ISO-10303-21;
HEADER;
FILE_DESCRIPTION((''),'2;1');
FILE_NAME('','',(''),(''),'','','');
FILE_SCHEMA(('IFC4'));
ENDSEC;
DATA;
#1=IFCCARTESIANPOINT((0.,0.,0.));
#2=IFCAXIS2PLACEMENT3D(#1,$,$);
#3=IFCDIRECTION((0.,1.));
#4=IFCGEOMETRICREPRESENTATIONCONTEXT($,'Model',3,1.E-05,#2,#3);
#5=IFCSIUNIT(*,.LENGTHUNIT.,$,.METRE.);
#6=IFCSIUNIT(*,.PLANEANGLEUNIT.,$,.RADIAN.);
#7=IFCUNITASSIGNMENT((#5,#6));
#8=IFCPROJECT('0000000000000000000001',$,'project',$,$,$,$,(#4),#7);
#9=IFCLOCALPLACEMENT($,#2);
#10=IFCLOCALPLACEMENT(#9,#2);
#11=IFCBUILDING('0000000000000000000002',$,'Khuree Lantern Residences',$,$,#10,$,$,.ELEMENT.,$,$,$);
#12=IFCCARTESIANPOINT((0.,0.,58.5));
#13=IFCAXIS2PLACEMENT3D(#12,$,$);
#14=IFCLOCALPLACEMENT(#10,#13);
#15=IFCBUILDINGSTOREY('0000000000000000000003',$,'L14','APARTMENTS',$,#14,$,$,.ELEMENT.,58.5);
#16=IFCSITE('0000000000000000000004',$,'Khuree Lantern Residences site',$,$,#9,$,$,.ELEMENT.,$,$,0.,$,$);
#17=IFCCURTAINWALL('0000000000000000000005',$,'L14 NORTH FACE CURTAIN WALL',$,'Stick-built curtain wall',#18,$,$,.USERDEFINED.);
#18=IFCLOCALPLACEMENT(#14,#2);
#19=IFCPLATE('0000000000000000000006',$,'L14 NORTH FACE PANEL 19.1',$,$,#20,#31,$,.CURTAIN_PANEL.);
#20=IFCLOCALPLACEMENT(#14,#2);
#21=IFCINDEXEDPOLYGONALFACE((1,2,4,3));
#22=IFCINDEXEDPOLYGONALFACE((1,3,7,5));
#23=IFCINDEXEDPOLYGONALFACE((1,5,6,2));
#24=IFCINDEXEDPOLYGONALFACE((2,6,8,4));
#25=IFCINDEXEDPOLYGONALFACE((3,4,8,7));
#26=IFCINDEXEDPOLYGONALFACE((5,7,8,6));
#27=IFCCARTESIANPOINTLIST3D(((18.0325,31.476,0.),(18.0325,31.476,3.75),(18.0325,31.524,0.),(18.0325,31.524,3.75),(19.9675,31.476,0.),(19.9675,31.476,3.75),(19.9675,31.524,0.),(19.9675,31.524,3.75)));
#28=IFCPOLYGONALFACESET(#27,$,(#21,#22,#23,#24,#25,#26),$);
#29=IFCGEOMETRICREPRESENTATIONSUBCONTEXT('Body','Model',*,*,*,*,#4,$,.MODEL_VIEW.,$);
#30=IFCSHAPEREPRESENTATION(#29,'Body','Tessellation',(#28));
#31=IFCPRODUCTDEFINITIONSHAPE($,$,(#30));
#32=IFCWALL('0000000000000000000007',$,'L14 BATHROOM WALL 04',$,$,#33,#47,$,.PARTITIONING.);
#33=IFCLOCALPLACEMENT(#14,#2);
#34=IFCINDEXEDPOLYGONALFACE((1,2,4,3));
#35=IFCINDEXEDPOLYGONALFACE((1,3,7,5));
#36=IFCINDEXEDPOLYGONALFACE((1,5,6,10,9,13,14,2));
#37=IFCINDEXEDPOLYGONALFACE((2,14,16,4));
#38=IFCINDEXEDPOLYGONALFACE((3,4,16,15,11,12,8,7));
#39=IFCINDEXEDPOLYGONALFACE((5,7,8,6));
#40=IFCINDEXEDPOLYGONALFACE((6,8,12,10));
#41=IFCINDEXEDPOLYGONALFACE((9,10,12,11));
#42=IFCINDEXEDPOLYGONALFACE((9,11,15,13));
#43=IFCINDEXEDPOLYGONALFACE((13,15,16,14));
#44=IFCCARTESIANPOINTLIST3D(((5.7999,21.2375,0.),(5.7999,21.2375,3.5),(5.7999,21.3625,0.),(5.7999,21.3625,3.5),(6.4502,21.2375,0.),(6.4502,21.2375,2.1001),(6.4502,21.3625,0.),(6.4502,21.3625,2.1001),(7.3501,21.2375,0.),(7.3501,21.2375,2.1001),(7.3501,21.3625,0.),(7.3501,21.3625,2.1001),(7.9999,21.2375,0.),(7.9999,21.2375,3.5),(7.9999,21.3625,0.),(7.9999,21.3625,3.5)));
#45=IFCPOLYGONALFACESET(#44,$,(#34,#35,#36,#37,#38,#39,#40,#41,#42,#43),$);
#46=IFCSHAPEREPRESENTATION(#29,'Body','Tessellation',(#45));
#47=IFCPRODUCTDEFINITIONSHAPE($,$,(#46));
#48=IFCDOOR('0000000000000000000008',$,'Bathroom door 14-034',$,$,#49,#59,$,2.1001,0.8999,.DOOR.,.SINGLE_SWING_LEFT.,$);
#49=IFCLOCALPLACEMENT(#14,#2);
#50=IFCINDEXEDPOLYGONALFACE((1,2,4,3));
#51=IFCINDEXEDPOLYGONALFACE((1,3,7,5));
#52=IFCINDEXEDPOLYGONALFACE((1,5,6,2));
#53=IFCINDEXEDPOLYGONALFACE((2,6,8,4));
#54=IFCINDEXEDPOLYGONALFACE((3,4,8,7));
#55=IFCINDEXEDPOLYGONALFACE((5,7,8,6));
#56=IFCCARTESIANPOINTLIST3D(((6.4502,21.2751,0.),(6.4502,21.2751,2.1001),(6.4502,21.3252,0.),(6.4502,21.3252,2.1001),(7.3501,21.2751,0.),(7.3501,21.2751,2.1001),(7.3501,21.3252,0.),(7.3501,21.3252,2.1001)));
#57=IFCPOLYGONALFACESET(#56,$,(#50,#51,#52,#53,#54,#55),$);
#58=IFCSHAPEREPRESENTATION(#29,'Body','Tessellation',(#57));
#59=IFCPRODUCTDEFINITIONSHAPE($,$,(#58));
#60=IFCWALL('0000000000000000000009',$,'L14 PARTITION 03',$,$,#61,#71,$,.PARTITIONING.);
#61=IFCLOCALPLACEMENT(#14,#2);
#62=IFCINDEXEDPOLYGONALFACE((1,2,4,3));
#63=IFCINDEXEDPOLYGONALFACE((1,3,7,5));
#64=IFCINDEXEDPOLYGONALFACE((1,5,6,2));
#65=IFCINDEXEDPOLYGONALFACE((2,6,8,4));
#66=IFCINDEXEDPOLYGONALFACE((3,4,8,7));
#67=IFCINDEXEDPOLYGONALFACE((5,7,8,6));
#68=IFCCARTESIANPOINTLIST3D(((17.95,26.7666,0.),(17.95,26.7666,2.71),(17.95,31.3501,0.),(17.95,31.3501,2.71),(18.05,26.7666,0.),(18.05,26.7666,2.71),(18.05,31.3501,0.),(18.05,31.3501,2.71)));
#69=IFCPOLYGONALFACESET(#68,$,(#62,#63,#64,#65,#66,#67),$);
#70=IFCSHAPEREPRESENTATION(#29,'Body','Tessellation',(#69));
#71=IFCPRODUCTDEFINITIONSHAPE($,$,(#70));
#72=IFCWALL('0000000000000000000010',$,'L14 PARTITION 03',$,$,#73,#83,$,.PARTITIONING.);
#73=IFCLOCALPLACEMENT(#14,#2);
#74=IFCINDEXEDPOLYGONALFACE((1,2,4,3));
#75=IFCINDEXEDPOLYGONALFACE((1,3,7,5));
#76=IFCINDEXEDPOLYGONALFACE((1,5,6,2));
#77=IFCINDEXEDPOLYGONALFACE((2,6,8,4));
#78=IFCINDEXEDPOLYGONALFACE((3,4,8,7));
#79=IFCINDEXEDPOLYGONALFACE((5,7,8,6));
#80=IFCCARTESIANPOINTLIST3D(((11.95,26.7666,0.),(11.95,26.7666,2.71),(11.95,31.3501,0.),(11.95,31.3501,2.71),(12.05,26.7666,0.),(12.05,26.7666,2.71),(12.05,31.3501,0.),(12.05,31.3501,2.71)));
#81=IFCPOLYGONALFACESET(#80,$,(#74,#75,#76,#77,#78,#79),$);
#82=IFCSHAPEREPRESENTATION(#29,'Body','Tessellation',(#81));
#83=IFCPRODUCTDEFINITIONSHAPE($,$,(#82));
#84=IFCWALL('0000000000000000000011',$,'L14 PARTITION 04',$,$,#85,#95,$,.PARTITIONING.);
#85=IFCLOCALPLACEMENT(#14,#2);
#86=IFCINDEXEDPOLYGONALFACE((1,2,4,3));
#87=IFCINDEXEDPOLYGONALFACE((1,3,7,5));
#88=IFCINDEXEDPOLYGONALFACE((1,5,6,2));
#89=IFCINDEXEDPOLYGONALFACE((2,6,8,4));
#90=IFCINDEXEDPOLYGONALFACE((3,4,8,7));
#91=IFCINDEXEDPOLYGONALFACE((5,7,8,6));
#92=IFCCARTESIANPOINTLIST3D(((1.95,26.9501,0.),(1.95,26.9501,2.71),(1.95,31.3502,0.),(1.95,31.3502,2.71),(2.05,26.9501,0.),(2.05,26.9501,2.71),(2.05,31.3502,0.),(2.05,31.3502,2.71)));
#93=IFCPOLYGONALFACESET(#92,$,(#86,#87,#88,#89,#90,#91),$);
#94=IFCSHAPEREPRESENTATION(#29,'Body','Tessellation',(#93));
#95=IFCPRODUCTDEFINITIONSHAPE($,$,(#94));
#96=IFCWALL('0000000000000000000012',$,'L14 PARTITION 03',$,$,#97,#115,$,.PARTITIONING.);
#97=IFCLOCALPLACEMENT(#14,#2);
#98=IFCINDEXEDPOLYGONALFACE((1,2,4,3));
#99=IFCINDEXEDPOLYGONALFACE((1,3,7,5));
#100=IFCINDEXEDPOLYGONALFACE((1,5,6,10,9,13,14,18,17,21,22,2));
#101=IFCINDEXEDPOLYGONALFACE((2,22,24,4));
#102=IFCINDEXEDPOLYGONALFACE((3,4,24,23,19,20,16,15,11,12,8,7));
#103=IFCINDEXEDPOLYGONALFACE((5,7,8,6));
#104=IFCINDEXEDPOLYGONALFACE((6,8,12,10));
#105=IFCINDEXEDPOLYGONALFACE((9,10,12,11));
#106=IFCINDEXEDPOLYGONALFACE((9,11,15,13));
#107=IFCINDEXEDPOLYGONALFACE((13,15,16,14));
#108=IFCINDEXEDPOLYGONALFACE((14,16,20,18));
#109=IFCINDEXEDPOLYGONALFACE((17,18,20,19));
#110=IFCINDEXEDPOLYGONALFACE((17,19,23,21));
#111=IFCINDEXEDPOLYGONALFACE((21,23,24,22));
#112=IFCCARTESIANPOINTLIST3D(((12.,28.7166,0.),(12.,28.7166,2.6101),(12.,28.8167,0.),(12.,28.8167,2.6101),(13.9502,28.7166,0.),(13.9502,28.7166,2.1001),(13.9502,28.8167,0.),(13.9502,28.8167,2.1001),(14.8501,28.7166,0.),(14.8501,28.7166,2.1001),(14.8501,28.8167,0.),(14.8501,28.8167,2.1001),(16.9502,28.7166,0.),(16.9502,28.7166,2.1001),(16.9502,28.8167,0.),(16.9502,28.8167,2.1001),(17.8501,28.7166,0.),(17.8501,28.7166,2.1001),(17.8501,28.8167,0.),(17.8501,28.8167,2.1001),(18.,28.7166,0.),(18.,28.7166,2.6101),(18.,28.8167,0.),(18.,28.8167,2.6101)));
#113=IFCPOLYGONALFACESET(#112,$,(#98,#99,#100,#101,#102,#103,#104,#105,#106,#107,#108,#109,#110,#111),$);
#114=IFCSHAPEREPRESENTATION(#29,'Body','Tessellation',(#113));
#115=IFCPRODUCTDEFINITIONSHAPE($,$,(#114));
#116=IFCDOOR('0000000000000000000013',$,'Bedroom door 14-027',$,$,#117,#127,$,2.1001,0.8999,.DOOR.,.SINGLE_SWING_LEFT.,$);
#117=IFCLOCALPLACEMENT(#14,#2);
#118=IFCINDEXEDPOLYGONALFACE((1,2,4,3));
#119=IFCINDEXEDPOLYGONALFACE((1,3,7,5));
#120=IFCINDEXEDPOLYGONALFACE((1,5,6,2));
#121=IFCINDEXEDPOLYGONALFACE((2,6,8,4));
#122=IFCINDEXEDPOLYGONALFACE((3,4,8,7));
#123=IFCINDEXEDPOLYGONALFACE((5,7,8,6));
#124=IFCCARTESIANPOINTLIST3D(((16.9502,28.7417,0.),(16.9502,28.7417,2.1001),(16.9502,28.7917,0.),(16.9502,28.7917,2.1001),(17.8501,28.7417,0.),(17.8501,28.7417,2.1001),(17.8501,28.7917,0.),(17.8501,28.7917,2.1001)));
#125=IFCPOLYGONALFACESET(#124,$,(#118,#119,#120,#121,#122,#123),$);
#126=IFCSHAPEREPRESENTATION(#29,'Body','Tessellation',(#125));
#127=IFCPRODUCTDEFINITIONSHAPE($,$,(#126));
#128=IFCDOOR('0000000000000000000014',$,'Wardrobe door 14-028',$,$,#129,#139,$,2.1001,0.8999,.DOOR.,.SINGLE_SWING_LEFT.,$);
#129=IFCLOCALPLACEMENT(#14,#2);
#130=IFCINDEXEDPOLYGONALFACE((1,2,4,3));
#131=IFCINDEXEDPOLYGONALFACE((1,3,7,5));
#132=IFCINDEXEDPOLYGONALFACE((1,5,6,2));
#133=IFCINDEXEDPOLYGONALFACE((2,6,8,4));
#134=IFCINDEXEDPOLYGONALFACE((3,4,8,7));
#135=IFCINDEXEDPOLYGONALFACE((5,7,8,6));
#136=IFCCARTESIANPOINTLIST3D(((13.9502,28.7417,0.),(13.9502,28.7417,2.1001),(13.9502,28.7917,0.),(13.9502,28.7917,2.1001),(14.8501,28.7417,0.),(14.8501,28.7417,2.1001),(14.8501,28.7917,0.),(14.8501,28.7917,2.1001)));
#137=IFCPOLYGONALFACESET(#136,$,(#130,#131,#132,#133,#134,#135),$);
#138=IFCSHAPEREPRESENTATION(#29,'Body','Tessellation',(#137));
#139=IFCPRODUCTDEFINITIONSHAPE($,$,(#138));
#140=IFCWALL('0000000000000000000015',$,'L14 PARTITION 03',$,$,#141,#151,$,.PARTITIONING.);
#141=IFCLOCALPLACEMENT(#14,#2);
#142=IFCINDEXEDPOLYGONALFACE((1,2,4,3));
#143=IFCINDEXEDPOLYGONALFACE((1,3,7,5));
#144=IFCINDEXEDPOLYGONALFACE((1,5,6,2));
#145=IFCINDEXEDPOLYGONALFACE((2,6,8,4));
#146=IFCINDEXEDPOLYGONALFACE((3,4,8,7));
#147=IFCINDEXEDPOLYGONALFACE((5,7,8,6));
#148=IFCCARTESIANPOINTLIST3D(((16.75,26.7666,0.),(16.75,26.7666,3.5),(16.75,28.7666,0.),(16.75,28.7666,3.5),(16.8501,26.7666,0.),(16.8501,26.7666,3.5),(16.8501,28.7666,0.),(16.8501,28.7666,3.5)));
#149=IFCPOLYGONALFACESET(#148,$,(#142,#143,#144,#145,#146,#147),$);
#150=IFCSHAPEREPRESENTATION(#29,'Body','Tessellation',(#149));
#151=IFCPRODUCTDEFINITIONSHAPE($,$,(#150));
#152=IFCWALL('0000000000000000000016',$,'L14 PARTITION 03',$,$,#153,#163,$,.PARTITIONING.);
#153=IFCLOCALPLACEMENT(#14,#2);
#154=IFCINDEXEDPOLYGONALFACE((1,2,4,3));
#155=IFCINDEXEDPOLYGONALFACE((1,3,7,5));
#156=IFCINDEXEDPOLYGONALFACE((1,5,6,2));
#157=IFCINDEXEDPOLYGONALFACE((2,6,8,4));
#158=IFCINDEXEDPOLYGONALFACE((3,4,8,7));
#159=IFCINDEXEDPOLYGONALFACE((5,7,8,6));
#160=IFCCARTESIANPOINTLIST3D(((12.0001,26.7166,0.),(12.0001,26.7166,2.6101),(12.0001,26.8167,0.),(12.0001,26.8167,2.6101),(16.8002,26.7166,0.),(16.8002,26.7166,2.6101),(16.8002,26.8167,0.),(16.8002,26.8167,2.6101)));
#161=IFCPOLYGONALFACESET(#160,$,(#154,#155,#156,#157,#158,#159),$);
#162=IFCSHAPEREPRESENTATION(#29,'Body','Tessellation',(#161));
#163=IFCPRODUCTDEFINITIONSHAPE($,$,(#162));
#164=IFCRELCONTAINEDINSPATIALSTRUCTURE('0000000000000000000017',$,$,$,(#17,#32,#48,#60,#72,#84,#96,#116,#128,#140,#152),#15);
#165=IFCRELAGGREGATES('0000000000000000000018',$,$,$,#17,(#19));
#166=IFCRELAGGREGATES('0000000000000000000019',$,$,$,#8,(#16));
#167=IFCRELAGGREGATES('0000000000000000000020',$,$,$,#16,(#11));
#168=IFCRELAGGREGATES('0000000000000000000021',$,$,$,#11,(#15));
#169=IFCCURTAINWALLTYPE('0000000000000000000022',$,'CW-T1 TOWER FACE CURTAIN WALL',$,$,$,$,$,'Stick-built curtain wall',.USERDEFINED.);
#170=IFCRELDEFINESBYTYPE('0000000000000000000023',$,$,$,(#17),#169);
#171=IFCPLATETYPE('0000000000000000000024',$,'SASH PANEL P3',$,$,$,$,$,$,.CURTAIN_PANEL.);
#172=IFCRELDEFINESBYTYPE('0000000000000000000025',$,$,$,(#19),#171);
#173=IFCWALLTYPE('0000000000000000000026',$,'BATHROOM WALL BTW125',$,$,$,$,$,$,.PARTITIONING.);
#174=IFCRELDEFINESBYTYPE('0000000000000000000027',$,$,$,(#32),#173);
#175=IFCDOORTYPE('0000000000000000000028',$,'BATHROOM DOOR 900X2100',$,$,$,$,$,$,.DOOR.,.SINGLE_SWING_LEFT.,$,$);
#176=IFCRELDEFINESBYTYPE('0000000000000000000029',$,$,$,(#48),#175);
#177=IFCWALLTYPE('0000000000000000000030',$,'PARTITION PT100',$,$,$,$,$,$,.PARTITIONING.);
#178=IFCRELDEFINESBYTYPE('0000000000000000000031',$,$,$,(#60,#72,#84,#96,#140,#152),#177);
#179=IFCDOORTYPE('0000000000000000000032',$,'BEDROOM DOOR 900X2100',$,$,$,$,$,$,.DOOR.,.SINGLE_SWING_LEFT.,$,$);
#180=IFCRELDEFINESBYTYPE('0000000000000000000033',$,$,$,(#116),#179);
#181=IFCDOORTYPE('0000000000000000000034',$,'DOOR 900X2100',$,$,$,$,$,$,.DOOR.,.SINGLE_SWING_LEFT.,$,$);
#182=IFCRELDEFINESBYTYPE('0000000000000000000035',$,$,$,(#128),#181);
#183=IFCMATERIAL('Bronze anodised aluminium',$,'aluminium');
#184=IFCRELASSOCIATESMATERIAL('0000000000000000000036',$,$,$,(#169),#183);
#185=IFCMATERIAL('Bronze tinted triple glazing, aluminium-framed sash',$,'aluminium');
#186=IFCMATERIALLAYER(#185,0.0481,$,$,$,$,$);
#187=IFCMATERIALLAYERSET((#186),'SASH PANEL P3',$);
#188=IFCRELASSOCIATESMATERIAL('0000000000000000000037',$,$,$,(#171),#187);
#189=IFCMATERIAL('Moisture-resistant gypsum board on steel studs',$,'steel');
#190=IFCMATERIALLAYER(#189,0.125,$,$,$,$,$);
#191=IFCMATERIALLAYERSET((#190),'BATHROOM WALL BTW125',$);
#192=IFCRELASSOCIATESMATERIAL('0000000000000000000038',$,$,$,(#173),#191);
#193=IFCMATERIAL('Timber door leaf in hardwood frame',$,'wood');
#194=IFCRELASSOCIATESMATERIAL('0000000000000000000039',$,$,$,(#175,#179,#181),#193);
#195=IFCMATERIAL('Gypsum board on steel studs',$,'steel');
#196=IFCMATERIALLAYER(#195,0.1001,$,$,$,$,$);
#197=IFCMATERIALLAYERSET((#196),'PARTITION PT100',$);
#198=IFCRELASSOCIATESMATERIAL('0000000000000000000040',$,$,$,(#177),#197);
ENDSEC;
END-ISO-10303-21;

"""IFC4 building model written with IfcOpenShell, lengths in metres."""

from ifc_helpers import new_model, si_unit, direction, frame, frame_2d, origin, origin_2d, place, context, subcontext, project, spatial, rectangle, extrude, material, layer, layer_set, type_object, element, fill, aggregate, save


model = new_model("IFC4")

# Units and contexts
model_context = context("Model", 3, precision=1e-05, world=origin(), true_north=direction((0.0, 1.0)))
body_context = subcontext(model_context, "Body", "Model", "MODEL_VIEW")
ifc_project = project(units=[si_unit("LENGTHUNIT", "METRE"), si_unit("PLANEANGLEUNIT", "RADIAN")], contexts=[model_context])

# Site, building, storey
site_placement = place(None, origin())
site = spatial("IfcSite", under=ifc_project, at=site_placement, Name="Khuree Lantern Residences site", CompositionType="ELEMENT", RefElevation=0.0)
building_placement = place(site_placement, origin())
building = spatial("IfcBuilding", under=site, at=building_placement, Name="Khuree Lantern Residences", CompositionType="ELEMENT")
storey_placement = place(building_placement, frame((0.0, 0.0, 58.5)))
storey = spatial("IfcBuildingStorey", under=building, at=storey_placement, Name="L14", Description="APARTMENTS", CompositionType="ELEMENT", Elevation=58.5)

# Curtain wall
ifc_material_1 = material(Name="Bronze anodised aluminium", Category="aluminium")
curtain_wall_type = type_object("IfcCurtainWallType", Name="CW-T1 TOWER FACE CURTAIN WALL", ElementType="Stick-built curtain wall", PredefinedType="USERDEFINED", material=ifc_material_1)
curtain_wall_placement = place(storey_placement, origin())
curtain_wall = element("IfcCurtainWall", 1, at=curtain_wall_placement, inside=storey, type_object=curtain_wall_type, Name="L14 NORTH FACE CURTAIN WALL", ObjectType="Stick-built curtain wall", PredefinedType="USERDEFINED")

# Plate
ifc_material_2 = material(Name="Bronze tinted triple glazing, aluminium-framed sash", Category="aluminium")
ifc_layer_1 = layer(ifc_material_2, 0.0481)
ifc_layer_set_1 = layer_set([ifc_layer_1], Name="SASH PANEL P3")
plate_type_1 = type_object("IfcPlateType", Name="SASH PANEL P3", PredefinedType="CURTAIN_PANEL", material=ifc_layer_set_1)
plate_1_placement = place(storey_placement, frame((19.0, 31.5, 0.0), z_axis=(0.0, 0.0, 1.0), x_axis=(-1.0, 0.0, 0.0)))
plate_1 = element("IfcPlate", 2, at=plate_1_placement, type_object=plate_type_1, Name="L14 NORTH FACE PANEL 19.1", PredefinedType="CURTAIN_PANEL", context=body_context, shape_type="SweptSolid", body=[
    extrude(rectangle(XDim=1.9351, YDim=0.0481, at=origin_2d()), origin(), (0.0, 0.0, 1.0), 3.75),
])
aggregate(curtain_wall, [plate_1])

# Wall, opening, door
ifc_material_3 = material(Name="Moisture-resistant gypsum board on steel studs", Category="steel")
ifc_layer_2 = layer(ifc_material_3, 0.125)
ifc_layer_set_2 = layer_set([ifc_layer_2], Name="BATHROOM WALL BTW125")
wall_type_1 = type_object("IfcWallType", Name="BATHROOM WALL BTW125", PredefinedType="PARTITIONING", material=ifc_layer_set_2)
wall_1_placement = place(storey_placement, frame((8.0, 21.3, 0.0), z_axis=(0.0, 0.0, 1.0), x_axis=(-1.0, 0.0, 0.0)))
wall_1 = element("IfcWall", 3, at=wall_1_placement, inside=storey, type_object=wall_type_1, Name="L14 BATHROOM WALL 04", PredefinedType="PARTITIONING", context=body_context, shape_type="SweptSolid", body=[
    extrude(rectangle(XDim=2.2, YDim=0.125, at=frame_2d((1.1001, 0.0))), origin(), (0.0, 0.0, 1.0), 3.5),
])
opening_1_placement = place(wall_1_placement, frame((0.6499, 0.0, 0.0)))
opening_1 = element("IfcOpeningElement", 4, at=opening_1_placement, cuts=wall_1, PredefinedType="OPENING", context=body_context, shape_type="SweptSolid", body=[
    extrude(rectangle(XDim=0.8999, YDim=2.1001, at=frame_2d((0.45, 1.05))), frame((0.0, 0.0725, 0.0), z_axis=(0.0, -1.0, 0.0), x_axis=(1.0, 0.0, 0.0)), (0.0, 0.0, 1.0), 0.145),
])
ifc_material_4 = material(Name="Timber door leaf in hardwood frame", Category="wood")
door_type_1 = type_object("IfcDoorType", Name="BATHROOM DOOR 900X2100", OperationType="SINGLE_SWING_LEFT", PredefinedType="DOOR", material=ifc_material_4)
door_1_placement = place(opening_1_placement, origin())
door_1 = element("IfcDoor", 5, at=door_1_placement, inside=storey, type_object=door_type_1, Name="Bathroom door 14-034", OperationType="SINGLE_SWING_LEFT", OverallHeight=2.1001, OverallWidth=0.8999, PredefinedType="DOOR", context=body_context, shape_type="SweptSolid", body=[
    extrude(rectangle(XDim=0.8999, YDim=2.1001, at=frame_2d((0.45, 1.05))), frame((0.0, 0.0249, 0.0), z_axis=(0.0, -1.0, 0.0), x_axis=(1.0, 0.0, 0.0)), (0.0, 0.0, 1.0), 0.05),
])
fill(opening_1, door_1)

# Walls
ifc_material_5 = material(Name="Gypsum board on steel studs", Category="steel")
ifc_layer_3 = layer(ifc_material_5, 0.1001)
ifc_layer_set_3 = layer_set([ifc_layer_3], Name="PARTITION PT100")
wall_type_2 = type_object("IfcWallType", Name="PARTITION PT100", PredefinedType="PARTITIONING", material=ifc_layer_set_3)
for number, where, z_axis, x_axis, name in (
    (6, (18.0, 26.7666, 0.0), (0.0, 0.0, 1.0), (0.0, 1.0, 0.0), "L14 PARTITION 03"),
    (7, (12.0, 26.7666, 0.0), (0.0, 0.0, 1.0), (0.0, 1.0, 0.0), "L14 PARTITION 03"),
):
    element("IfcWall", number, at=place(storey_placement, frame(where, z_axis=z_axis, x_axis=x_axis)), inside=storey, type_object=wall_type_2, Name=name, PredefinedType="PARTITIONING", context=body_context, shape_type="SweptSolid", body=[
        extrude(rectangle(XDim=4.5835, YDim=0.1001, at=frame_2d((2.2917, 0.0))), origin(), (0.0, 0.0, 1.0), 2.71),
    ])
wall_2_placement = place(storey_placement, frame((2.0, 26.95, 0.0), z_axis=(0.0, 0.0, 1.0), x_axis=(0.0, 1.0, 0.0)))
element("IfcWall", 8, at=wall_2_placement, inside=storey, type_object=wall_type_2, Name="L14 PARTITION 04", PredefinedType="PARTITIONING", context=body_context, shape_type="SweptSolid", body=[
    extrude(rectangle(XDim=4.4001, YDim=0.1001, at=frame_2d((2.2002, 0.0))), origin(), (0.0, 0.0, 1.0), 2.71),
])

# Wall, openings, doors
wall_3_placement = place(storey_placement, frame((18.0, 28.7666, 0.0), z_axis=(0.0, 0.0, 1.0), x_axis=(-1.0, 0.0, 0.0)))
wall_3 = element("IfcWall", 9, at=wall_3_placement, inside=storey, type_object=wall_type_2, Name="L14 PARTITION 03", PredefinedType="PARTITIONING", context=body_context, shape_type="SweptSolid", body=[
    extrude(rectangle(XDim=6.0, YDim=0.1001, at=frame_2d((3.0, 0.0))), origin(), (0.0, 0.0, 1.0), 2.6101),
])
opening_2_placement = place(wall_3_placement, frame((0.1499, 0.0, 0.0)))
opening_2 = element("IfcOpeningElement", 10, at=opening_2_placement, cuts=wall_3, PredefinedType="OPENING", context=body_context, shape_type="SweptSolid", body=[
    extrude(rectangle(XDim=0.8999, YDim=2.1001, at=frame_2d((0.45, 1.05))), frame((0.0, 0.0601, 0.0), z_axis=(0.0, -1.0, 0.0), x_axis=(1.0, 0.0, 0.0)), (0.0, 0.0, 1.0), 0.1201),
])
opening_3_placement = place(wall_3_placement, frame((3.1499, 0.0, 0.0)))
opening_3 = element("IfcOpeningElement", 11, at=opening_3_placement, cuts=wall_3, PredefinedType="OPENING", context=body_context, shape_type="SweptSolid", body=[
    extrude(rectangle(XDim=0.8999, YDim=2.1001, at=frame_2d((0.45, 1.05))), frame((0.0, 0.0601, 0.0), z_axis=(0.0, -1.0, 0.0), x_axis=(1.0, 0.0, 0.0)), (0.0, 0.0, 1.0), 0.1201),
])
door_type_2 = type_object("IfcDoorType", Name="BEDROOM DOOR 900X2100", OperationType="SINGLE_SWING_LEFT", PredefinedType="DOOR", material=ifc_material_4)
door_2_placement = place(opening_2_placement, origin())
door_2 = element("IfcDoor", 12, at=door_2_placement, inside=storey, type_object=door_type_2, Name="Bedroom door 14-027", OperationType="SINGLE_SWING_LEFT", OverallHeight=2.1001, OverallWidth=0.8999, PredefinedType="DOOR", context=body_context, shape_type="SweptSolid", body=[
    extrude(rectangle(XDim=0.8999, YDim=2.1001, at=frame_2d((0.45, 1.05))), frame((0.0, 0.0249, 0.0), z_axis=(0.0, -1.0, 0.0), x_axis=(1.0, 0.0, 0.0)), (0.0, 0.0, 1.0), 0.05),
])
fill(opening_2, door_2)
door_type_3 = type_object("IfcDoorType", Name="DOOR 900X2100", OperationType="SINGLE_SWING_LEFT", PredefinedType="DOOR", material=ifc_material_4)
door_3_placement = place(opening_3_placement, origin())
door_3 = element("IfcDoor", 13, at=door_3_placement, inside=storey, type_object=door_type_3, Name="Wardrobe door 14-028", OperationType="SINGLE_SWING_LEFT", OverallHeight=2.1001, OverallWidth=0.8999, PredefinedType="DOOR", context=body_context, shape_type="SweptSolid", body=[
    extrude(rectangle(XDim=0.8999, YDim=2.1001, at=frame_2d((0.45, 1.05))), frame((0.0, 0.0249, 0.0), z_axis=(0.0, -1.0, 0.0), x_axis=(1.0, 0.0, 0.0)), (0.0, 0.0, 1.0), 0.05),
])
fill(opening_3, door_3)

# Walls
wall_4_placement = place(storey_placement, frame((16.8, 26.7666, 0.0), z_axis=(0.0, 0.0, 1.0), x_axis=(0.0, 1.0, 0.0)))
element("IfcWall", 14, at=wall_4_placement, inside=storey, type_object=wall_type_2, Name="L14 PARTITION 03", PredefinedType="PARTITIONING", context=body_context, shape_type="SweptSolid", body=[
    extrude(rectangle(XDim=2.0, YDim=0.1001, at=frame_2d((1.0, 0.0))), origin(), (0.0, 0.0, 1.0), 3.5),
])
wall_5_placement = place(storey_placement, frame((16.8, 26.7666, 0.0), z_axis=(0.0, 0.0, 1.0), x_axis=(-1.0, 0.0, 0.0)))
element("IfcWall", 15, at=wall_5_placement, inside=storey, type_object=wall_type_2, Name="L14 PARTITION 03", PredefinedType="PARTITIONING", context=body_context, shape_type="SweptSolid", body=[
    extrude(rectangle(XDim=4.8, YDim=0.1001, at=frame_2d((2.3999, 0.0))), origin(), (0.0, 0.0, 1.0), 2.6101),
])

save(model, "model.ifc")
